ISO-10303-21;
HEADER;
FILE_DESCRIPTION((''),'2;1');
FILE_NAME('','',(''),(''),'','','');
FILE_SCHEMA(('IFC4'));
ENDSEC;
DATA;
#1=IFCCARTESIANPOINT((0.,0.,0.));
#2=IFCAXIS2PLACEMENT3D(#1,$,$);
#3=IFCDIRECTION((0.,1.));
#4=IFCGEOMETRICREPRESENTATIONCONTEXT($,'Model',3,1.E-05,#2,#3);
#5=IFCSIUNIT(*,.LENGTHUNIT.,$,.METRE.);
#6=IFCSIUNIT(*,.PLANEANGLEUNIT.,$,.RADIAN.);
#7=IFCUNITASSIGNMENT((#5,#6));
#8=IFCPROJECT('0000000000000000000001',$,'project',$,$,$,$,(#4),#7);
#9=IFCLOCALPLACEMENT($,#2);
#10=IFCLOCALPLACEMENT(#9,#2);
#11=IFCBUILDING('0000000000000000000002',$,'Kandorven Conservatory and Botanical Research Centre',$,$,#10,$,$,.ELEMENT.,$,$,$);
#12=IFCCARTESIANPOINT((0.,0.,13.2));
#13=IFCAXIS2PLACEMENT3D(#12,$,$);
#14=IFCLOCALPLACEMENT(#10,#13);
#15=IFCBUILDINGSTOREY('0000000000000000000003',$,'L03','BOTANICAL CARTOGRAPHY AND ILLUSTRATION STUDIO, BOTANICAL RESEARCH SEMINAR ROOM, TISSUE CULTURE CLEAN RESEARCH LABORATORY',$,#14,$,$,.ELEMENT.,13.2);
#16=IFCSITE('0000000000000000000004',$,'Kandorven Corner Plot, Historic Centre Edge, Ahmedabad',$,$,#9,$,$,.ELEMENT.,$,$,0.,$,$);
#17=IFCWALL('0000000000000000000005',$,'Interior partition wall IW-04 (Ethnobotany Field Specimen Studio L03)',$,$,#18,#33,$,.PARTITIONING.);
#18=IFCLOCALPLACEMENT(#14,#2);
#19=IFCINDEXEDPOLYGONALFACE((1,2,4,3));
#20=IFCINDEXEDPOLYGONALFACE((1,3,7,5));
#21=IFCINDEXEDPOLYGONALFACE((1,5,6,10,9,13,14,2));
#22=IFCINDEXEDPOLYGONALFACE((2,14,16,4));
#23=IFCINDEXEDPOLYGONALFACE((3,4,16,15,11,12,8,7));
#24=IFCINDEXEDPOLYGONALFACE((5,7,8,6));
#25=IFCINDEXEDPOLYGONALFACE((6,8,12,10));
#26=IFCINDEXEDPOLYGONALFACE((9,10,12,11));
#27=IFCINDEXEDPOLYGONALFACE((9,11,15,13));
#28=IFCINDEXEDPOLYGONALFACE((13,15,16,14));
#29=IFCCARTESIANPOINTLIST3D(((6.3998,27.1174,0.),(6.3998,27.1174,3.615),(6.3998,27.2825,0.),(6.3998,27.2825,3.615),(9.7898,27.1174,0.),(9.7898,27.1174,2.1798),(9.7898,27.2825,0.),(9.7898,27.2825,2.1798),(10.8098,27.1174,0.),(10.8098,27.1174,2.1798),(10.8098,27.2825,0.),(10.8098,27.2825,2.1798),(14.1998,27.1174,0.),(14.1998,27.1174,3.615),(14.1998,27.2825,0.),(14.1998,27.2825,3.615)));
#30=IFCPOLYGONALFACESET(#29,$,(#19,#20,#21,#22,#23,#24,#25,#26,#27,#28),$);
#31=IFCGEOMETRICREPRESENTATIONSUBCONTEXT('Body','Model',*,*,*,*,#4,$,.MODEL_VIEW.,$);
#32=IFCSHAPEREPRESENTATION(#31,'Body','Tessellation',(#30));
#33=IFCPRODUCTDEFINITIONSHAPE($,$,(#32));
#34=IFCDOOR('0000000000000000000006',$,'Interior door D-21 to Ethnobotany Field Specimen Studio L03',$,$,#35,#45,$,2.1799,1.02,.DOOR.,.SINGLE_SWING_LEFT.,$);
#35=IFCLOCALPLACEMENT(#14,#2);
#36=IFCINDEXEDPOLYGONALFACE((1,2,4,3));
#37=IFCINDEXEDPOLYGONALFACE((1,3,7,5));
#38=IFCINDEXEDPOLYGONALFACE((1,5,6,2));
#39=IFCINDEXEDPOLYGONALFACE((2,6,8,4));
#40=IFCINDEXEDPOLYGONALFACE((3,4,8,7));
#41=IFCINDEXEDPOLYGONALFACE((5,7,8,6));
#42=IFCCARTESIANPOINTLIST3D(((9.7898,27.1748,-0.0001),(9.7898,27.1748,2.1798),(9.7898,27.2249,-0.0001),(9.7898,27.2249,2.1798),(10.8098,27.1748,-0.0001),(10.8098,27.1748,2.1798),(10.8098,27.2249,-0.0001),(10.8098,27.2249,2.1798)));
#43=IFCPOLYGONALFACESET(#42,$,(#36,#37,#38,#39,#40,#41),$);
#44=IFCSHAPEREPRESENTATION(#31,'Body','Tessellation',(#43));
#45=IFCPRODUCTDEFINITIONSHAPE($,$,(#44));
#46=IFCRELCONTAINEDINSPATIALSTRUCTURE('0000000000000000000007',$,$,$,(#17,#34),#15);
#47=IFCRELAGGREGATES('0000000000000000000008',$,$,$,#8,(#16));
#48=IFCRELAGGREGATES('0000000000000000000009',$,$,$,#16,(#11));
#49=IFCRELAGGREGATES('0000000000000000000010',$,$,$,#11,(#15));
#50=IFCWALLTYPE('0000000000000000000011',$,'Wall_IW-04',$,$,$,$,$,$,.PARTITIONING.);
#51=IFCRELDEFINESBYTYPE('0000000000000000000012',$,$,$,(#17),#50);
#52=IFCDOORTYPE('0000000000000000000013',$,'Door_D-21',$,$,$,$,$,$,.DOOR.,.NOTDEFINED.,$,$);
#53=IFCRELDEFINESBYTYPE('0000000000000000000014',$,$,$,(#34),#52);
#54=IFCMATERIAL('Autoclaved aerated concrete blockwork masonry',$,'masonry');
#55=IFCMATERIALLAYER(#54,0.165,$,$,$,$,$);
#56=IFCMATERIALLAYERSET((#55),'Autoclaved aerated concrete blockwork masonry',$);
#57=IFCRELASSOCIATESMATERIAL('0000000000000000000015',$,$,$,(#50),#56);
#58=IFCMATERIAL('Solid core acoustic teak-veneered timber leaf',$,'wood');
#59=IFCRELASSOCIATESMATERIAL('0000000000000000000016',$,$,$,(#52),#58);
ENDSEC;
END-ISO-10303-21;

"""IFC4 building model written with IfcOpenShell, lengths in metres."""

from ifc_helpers import new_model, si_unit, direction, frame, frame_2d, origin, place, context, subcontext, project, spatial, rectangle, extrude, material, layer, layer_set, type_object, element, fill, save


model = new_model("IFC4")

# Units and contexts
model_context = context("Model", 3, precision=1e-05, world=origin(), true_north=direction((0.0, 1.0)))
body_context = subcontext(model_context, "Body", "Model", "MODEL_VIEW")
ifc_project = project(units=[si_unit("LENGTHUNIT", "METRE"), si_unit("PLANEANGLEUNIT", "RADIAN")], contexts=[model_context])

# Site, building, storey
site_placement = place(None, origin())
site = spatial("IfcSite", under=ifc_project, at=site_placement, Name="Kandorven Corner Plot, Historic Centre Edge, Ahmedabad", CompositionType="ELEMENT", RefElevation=0.0)
building_placement = place(site_placement, origin())
building = spatial("IfcBuilding", under=site, at=building_placement, Name="Kandorven Conservatory and Botanical Research Centre", CompositionType="ELEMENT")
storey_placement = place(building_placement, frame((0.0, 0.0, 13.2)))
storey = spatial("IfcBuildingStorey", under=building, at=storey_placement, Name="L03", Description="BOTANICAL CARTOGRAPHY AND ILLUSTRATION STUDIO, BOTANICAL RESEARCH SEMINAR ROOM, TISSUE CULTURE CLEAN RESEARCH LABORATORY", CompositionType="ELEMENT", Elevation=13.2)

# Wall, opening, door
ifc_material_1 = material(Name="Autoclaved aerated concrete blockwork masonry", Category="masonry")
ifc_layer_1 = layer(ifc_material_1, 0.165)
ifc_layer_set_1 = layer_set([ifc_layer_1], Name="Autoclaved aerated concrete blockwork masonry")
wall_type_1 = type_object("IfcWallType", Name="Wall_IW-04", PredefinedType="PARTITIONING", material=ifc_layer_set_1)
wall_1_placement = place(storey_placement, frame((6.3999, 27.2, 0.0), z_axis=(0.0, 0.0, 1.0), x_axis=(1.0, 0.0, 0.0)))
wall_1 = element("IfcWall", 1, at=wall_1_placement, inside=storey, type_object=wall_type_1, Name="Interior partition wall IW-04 (Ethnobotany Field Specimen Studio L03)", PredefinedType="PARTITIONING", context=body_context, shape_type="SweptSolid", body=[
    extrude(rectangle(XDim=7.8, YDim=0.165, at=frame_2d((3.8999, 0.0))), origin(), (0.0, 0.0, 1.0), 3.615),
])
opening_1_placement = place(wall_1_placement, frame((3.3899, 0.0, 0.0)))
opening_1 = element("IfcOpeningElement", 2, at=opening_1_placement, cuts=wall_1, PredefinedType="OPENING", context=body_context, shape_type="SweptSolid", body=[
    extrude(rectangle(XDim=1.02, YDim=2.1799, at=frame_2d((0.51, 1.0898))), frame((0.0, 0.0925, 0.0), z_axis=(0.0, -1.0, 0.0), x_axis=(1.0, 0.0, 0.0)), (0.0, 0.0, 1.0), 0.1851),
])
ifc_material_2 = material(Name="Solid core acoustic teak-veneered timber leaf", Category="wood")
door_type = type_object("IfcDoorType", Name="Door_D-21", OperationType="NOTDEFINED", PredefinedType="DOOR", material=ifc_material_2)
door_placement = place(opening_1_placement, origin())
door = element("IfcDoor", 3, at=door_placement, inside=storey, type_object=door_type, Name="Interior door D-21 to Ethnobotany Field Specimen Studio L03", OperationType="SINGLE_SWING_LEFT", OverallHeight=2.1799, OverallWidth=1.02, PredefinedType="DOOR", context=body_context, shape_type="SweptSolid", body=[
    extrude(rectangle(XDim=1.02, YDim=2.1799, at=frame_2d((0.51, 1.0898))), frame((0.0, 0.0249, 0.0), z_axis=(0.0, -1.0, 0.0), x_axis=(1.0, 0.0, 0.0)), (0.0, 0.0, 1.0), 0.05),
])
fill(opening_1, door)

save(model, "model.ifc")
